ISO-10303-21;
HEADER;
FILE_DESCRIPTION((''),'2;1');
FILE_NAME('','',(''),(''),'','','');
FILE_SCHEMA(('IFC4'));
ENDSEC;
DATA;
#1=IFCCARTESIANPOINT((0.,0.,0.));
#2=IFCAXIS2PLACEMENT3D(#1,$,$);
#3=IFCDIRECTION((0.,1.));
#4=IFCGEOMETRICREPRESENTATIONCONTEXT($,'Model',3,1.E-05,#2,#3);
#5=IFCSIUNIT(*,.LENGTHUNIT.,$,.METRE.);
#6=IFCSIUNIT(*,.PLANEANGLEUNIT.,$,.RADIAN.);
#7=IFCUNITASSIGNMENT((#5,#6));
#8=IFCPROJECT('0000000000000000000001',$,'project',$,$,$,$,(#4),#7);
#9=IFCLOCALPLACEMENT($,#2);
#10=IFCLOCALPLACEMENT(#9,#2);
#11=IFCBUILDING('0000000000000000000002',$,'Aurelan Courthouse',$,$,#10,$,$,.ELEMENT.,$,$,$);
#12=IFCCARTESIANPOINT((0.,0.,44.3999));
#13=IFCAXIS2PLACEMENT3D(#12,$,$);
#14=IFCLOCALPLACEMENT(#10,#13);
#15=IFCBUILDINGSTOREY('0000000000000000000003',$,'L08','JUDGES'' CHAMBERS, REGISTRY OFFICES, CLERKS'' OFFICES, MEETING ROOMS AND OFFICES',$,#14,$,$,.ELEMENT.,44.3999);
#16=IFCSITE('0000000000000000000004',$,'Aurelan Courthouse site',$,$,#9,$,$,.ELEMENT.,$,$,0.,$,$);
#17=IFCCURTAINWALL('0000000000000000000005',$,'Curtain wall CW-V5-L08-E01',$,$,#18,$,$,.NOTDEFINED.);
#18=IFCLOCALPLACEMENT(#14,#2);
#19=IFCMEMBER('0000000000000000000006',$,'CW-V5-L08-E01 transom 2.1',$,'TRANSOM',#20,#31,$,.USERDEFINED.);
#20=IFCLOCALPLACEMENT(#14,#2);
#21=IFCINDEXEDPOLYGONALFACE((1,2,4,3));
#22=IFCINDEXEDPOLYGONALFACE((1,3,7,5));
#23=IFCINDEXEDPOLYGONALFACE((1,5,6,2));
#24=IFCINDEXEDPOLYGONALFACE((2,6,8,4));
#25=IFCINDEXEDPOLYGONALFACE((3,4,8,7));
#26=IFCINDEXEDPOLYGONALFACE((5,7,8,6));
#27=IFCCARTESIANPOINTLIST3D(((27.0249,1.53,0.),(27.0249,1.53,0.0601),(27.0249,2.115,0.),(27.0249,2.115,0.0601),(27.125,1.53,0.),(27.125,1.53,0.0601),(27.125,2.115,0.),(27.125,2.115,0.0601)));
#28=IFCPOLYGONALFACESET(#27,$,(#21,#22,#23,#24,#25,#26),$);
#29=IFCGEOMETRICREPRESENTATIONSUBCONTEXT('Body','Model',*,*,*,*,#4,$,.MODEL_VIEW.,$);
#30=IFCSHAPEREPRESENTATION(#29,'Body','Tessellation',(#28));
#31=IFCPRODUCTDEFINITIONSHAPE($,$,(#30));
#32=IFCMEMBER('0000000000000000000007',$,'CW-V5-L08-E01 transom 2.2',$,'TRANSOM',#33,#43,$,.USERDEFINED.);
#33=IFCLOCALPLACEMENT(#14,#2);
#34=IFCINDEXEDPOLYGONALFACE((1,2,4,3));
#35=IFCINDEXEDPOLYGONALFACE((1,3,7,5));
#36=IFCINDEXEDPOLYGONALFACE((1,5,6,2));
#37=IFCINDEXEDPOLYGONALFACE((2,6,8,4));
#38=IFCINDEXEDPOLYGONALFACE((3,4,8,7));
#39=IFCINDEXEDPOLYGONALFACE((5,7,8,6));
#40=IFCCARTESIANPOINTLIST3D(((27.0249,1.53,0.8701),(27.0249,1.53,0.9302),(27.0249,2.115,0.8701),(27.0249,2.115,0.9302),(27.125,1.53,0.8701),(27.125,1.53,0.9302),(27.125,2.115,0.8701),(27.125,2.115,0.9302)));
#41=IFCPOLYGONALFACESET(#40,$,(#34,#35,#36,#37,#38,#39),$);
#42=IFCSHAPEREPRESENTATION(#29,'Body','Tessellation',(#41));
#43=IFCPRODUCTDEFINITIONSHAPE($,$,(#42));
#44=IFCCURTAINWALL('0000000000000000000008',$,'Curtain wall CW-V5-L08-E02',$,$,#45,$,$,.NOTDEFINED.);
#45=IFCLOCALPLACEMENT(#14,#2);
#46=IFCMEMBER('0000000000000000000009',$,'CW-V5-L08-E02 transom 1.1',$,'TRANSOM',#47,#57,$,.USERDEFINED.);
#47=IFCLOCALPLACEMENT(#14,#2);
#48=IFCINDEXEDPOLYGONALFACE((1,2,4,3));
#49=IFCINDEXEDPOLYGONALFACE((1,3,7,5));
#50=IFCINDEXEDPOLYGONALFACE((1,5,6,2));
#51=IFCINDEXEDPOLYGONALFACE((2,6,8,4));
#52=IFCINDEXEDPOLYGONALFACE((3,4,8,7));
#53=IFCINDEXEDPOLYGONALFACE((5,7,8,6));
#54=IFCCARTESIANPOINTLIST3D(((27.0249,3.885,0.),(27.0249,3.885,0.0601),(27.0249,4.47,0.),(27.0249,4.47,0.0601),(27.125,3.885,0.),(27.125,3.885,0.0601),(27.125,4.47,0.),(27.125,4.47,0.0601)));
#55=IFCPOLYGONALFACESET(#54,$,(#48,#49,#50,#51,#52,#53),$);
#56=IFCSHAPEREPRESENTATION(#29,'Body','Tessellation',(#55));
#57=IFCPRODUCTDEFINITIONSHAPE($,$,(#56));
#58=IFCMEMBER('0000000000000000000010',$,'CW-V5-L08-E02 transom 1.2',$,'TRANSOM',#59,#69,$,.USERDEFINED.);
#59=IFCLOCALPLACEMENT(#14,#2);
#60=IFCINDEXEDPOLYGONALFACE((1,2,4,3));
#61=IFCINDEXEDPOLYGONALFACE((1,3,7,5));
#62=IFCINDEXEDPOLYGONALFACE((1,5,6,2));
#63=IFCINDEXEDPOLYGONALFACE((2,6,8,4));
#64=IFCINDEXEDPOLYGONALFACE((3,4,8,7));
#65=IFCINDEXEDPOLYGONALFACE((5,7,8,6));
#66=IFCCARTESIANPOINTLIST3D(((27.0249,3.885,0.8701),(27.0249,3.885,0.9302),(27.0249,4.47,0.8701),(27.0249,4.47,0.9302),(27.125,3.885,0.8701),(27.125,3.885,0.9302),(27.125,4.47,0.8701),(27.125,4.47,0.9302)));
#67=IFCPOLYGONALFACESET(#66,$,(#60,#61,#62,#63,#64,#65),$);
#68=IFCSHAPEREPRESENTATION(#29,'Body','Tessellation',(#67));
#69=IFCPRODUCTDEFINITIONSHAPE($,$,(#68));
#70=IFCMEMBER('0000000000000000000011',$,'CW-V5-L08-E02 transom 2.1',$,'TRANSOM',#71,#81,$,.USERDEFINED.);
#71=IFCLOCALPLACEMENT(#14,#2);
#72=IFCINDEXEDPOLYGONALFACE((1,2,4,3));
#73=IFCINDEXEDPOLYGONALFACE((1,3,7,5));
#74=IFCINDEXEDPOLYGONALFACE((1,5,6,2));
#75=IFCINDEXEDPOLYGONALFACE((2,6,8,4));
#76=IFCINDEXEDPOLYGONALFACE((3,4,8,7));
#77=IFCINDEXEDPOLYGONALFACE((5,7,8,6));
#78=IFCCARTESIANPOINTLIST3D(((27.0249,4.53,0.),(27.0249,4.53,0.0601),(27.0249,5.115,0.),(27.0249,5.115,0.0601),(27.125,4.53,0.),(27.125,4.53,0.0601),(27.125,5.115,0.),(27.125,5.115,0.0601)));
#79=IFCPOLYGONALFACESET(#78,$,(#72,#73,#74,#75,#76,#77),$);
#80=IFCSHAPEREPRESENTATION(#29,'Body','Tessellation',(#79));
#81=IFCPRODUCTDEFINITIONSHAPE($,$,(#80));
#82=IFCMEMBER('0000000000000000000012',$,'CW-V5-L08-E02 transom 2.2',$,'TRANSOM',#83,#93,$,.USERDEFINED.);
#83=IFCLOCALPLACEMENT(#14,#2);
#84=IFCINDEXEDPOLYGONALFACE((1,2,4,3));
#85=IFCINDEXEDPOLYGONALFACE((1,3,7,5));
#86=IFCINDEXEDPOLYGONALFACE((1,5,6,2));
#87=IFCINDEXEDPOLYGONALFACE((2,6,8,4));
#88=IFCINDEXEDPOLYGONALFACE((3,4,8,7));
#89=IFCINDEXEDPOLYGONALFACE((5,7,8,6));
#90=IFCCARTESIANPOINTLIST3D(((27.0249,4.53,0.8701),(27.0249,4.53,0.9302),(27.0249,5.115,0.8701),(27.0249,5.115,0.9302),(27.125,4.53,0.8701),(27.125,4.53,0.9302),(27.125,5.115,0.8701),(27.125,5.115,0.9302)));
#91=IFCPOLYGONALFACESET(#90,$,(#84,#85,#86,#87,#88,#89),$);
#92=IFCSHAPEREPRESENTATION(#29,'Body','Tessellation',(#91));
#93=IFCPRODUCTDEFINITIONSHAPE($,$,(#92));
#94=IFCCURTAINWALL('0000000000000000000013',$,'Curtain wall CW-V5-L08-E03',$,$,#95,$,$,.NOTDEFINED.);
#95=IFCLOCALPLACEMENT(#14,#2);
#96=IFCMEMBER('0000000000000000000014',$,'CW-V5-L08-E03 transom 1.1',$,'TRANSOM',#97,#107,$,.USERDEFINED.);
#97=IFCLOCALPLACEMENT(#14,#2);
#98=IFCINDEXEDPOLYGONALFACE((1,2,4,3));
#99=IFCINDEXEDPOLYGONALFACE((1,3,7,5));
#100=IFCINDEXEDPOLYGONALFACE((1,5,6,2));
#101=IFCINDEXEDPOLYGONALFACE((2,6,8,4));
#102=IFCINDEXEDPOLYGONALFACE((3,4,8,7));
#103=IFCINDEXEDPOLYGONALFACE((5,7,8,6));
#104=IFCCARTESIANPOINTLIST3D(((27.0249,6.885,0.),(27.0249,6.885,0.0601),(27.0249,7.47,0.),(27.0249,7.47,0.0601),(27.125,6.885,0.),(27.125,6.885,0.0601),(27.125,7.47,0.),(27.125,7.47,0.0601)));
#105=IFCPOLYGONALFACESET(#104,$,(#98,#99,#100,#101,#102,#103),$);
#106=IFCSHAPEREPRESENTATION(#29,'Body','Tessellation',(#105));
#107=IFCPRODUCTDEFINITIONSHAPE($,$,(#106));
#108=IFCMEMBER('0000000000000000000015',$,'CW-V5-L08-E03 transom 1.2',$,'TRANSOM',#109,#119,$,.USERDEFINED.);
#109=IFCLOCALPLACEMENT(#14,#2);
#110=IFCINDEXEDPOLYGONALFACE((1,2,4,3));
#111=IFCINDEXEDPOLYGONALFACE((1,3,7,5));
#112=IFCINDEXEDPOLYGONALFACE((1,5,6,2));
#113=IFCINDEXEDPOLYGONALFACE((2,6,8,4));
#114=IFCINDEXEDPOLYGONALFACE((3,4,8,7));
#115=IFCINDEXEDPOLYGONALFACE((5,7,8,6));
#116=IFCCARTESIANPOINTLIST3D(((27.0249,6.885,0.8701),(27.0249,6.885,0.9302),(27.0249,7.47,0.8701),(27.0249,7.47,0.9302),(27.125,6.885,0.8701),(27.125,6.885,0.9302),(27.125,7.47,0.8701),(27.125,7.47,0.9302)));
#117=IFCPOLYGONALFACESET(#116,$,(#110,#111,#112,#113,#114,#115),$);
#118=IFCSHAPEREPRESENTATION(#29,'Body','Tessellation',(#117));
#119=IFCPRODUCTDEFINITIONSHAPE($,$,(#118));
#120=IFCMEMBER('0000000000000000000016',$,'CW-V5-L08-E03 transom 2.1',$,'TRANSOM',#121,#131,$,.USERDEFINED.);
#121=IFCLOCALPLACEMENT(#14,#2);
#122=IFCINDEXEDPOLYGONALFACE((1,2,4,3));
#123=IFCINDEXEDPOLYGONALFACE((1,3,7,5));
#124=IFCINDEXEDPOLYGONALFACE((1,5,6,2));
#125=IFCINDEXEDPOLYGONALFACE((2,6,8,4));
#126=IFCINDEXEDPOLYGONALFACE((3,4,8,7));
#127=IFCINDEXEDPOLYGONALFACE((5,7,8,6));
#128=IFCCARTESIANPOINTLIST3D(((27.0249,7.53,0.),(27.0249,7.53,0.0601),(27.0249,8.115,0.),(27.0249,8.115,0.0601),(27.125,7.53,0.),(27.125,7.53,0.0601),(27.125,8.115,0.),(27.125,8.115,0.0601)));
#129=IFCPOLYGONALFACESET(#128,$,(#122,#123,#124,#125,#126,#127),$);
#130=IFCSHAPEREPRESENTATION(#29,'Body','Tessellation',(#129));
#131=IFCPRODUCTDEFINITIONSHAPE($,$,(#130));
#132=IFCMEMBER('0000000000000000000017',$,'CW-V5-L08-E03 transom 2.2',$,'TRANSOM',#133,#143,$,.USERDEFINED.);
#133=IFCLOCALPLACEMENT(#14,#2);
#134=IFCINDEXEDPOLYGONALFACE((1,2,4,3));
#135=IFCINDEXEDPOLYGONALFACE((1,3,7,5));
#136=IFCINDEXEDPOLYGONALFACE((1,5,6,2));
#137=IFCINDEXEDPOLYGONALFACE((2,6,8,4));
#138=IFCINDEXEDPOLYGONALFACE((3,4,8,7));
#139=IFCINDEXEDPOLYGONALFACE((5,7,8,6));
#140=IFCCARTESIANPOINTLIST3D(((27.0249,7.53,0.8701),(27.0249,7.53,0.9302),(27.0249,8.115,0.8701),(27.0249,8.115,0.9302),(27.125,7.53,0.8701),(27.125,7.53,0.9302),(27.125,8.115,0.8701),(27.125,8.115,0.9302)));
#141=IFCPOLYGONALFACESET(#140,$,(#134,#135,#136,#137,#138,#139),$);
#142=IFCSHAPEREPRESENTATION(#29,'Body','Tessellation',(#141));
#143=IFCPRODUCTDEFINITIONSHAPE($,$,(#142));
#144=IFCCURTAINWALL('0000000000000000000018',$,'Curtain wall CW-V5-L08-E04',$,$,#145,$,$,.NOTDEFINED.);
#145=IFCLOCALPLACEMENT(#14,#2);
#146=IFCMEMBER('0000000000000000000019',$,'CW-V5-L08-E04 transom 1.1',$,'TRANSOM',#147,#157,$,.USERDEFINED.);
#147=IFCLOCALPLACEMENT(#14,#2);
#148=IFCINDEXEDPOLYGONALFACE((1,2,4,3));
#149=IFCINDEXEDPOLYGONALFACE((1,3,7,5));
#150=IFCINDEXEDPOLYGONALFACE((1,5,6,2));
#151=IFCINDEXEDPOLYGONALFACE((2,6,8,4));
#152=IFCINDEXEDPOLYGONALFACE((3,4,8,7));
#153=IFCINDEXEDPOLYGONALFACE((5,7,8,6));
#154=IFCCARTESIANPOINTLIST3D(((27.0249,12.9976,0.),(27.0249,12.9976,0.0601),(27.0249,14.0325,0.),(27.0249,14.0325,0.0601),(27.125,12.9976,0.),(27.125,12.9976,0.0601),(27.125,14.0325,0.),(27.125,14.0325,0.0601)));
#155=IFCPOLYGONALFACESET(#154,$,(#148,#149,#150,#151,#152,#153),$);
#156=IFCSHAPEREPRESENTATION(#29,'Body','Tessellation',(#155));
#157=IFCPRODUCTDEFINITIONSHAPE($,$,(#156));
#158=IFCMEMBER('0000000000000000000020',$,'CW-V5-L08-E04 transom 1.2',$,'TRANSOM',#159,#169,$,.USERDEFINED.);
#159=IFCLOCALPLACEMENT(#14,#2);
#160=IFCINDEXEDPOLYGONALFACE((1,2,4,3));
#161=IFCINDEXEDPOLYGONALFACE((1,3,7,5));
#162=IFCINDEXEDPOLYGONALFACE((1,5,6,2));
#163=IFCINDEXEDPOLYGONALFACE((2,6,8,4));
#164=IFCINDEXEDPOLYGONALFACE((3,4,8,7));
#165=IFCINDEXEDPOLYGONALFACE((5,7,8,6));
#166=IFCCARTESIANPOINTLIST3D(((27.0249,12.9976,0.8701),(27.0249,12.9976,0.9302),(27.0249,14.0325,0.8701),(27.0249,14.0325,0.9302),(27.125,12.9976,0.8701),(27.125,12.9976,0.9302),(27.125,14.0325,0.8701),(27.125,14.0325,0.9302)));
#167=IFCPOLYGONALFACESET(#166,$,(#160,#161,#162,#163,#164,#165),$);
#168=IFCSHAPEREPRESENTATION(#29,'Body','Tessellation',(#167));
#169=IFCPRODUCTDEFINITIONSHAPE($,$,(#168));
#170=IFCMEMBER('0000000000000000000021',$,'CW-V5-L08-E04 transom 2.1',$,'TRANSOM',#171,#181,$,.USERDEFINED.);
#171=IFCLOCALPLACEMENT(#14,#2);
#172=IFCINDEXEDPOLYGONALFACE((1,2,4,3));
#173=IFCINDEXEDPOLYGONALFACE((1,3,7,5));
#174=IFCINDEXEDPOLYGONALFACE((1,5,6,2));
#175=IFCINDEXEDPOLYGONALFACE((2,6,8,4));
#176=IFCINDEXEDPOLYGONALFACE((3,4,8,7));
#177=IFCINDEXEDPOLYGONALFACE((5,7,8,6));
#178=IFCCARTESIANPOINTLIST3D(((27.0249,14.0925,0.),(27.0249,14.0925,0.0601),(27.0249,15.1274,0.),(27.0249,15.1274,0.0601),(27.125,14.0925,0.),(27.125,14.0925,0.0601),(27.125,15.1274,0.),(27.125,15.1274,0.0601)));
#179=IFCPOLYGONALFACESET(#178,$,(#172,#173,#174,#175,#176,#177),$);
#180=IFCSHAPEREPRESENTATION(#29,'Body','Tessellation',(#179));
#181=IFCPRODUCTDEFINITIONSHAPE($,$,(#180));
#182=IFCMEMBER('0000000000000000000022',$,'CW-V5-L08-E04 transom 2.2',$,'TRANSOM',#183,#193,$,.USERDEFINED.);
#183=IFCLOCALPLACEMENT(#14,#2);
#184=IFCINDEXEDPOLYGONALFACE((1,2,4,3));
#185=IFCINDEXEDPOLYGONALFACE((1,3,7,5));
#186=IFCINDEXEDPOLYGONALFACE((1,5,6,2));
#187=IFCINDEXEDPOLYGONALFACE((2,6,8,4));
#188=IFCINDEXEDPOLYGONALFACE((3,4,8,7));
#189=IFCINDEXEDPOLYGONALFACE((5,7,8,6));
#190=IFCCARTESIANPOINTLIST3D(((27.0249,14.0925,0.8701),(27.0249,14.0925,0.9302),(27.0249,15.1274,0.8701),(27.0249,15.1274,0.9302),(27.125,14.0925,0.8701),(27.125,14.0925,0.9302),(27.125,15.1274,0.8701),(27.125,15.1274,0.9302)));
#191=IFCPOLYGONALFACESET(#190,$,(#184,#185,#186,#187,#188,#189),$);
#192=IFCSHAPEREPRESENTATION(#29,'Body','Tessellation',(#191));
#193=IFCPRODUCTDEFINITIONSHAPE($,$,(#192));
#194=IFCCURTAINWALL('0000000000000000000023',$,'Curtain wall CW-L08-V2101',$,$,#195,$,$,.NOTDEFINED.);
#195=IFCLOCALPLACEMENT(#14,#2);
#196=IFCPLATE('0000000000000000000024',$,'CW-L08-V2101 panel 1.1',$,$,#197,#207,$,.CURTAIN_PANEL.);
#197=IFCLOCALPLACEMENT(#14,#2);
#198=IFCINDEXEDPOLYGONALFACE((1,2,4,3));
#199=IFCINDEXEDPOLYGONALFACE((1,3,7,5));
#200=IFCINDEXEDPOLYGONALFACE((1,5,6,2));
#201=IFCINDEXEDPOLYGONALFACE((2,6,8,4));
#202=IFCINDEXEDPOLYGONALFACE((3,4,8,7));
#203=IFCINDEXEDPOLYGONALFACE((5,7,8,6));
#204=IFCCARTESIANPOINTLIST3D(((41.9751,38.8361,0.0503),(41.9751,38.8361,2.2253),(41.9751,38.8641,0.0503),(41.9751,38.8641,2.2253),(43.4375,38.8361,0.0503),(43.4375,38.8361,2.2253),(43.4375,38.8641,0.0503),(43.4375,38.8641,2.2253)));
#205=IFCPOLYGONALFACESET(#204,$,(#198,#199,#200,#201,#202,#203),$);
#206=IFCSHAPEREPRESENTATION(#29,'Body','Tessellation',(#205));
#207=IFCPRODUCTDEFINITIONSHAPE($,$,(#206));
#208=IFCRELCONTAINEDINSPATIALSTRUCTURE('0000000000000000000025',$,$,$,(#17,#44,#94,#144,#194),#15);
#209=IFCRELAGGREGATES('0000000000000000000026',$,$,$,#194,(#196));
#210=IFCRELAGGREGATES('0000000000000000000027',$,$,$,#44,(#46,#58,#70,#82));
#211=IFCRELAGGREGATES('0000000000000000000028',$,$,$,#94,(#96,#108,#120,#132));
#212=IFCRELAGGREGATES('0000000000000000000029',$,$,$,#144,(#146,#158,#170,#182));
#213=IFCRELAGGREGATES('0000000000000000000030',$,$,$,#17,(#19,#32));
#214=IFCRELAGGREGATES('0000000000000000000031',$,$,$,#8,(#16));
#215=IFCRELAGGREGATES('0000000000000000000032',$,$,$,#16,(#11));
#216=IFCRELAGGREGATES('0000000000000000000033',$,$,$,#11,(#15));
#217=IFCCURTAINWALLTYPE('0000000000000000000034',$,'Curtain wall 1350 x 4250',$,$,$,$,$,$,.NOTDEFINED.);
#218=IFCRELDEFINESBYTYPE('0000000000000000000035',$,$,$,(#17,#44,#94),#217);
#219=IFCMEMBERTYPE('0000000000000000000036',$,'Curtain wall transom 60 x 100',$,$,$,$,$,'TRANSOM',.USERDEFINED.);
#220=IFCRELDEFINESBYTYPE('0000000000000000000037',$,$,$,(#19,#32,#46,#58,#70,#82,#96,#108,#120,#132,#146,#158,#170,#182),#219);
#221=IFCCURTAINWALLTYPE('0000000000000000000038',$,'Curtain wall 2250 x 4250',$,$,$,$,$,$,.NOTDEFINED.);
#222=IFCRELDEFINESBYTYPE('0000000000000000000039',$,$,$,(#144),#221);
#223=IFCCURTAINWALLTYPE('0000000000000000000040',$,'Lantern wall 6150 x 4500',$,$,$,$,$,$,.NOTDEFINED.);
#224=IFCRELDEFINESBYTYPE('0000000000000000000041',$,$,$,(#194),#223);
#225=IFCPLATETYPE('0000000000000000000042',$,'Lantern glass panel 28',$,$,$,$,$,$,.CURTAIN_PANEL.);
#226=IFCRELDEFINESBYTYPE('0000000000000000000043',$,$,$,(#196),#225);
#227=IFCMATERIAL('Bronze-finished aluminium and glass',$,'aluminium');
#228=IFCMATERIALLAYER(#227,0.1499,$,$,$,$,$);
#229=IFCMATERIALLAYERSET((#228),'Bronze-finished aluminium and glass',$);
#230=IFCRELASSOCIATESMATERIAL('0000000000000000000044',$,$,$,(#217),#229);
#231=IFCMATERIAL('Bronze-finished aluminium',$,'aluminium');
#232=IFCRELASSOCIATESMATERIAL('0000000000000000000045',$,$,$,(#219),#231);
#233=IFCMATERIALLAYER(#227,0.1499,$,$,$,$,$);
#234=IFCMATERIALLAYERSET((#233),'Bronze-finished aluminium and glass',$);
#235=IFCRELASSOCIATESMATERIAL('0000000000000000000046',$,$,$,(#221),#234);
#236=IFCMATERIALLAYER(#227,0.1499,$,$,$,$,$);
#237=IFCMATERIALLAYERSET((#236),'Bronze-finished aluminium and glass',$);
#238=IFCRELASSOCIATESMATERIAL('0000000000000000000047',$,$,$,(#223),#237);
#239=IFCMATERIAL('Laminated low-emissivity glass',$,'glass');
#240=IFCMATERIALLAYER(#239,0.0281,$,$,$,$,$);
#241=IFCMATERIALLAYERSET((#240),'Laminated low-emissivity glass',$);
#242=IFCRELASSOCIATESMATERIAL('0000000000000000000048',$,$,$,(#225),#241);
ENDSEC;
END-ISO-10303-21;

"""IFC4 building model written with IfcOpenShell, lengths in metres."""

from ifc_helpers import new_model, si_unit, direction, frame, origin, origin_2d, place, context, subcontext, project, spatial, rectangle, extrude, material, layer, layer_set, material_profile, profile_set, type_object, element, aggregate, save


model = new_model("IFC4")

# Units and contexts
model_context = context("Model", 3, precision=1e-05, world=origin(), true_north=direction((0.0, 1.0)))
body_context = subcontext(model_context, "Body", "Model", "MODEL_VIEW")
ifc_project = project(units=[si_unit("LENGTHUNIT", "METRE"), si_unit("PLANEANGLEUNIT", "RADIAN")], contexts=[model_context])

# Site, building, storey
site_placement = place(None, origin())
site = spatial("IfcSite", under=ifc_project, at=site_placement, Name="Aurelan Courthouse site", CompositionType="ELEMENT", RefElevation=0.0)
building_placement = place(site_placement, origin())
building = spatial("IfcBuilding", under=site, at=building_placement, Name="Aurelan Courthouse", CompositionType="ELEMENT")
storey_placement = place(building_placement, frame((0.0, 0.0, 44.3999)))
storey = spatial("IfcBuildingStorey", under=building, at=storey_placement, Name="L08", Description="JUDGES' CHAMBERS, REGISTRY OFFICES, CLERKS' OFFICES, MEETING ROOMS AND OFFICES", CompositionType="ELEMENT", Elevation=44.3999)

# Curtain walls, members
ifc_material_1 = material(Name="Bronze-finished aluminium and glass", Category="aluminium")
ifc_layer_1 = layer(ifc_material_1, 0.1499)
ifc_layer_set_1 = layer_set([ifc_layer_1], Name="Bronze-finished aluminium and glass")
curtain_wall_type_1 = type_object("IfcCurtainWallType", Name="Curtain wall 1350 x 4250", PredefinedType="NOTDEFINED", material=ifc_layer_set_1)
curtain_wall_1_placement = place(storey_placement, origin())
curtain_wall_1 = element("IfcCurtainWall", 1, at=curtain_wall_1_placement, inside=storey, type_object=curtain_wall_type_1, Name="Curtain wall CW-V5-L08-E01", PredefinedType="NOTDEFINED")
ifc_material_2 = material(Name="Bronze-finished aluminium", Category="aluminium")
ifc_material_profile = material_profile(ifc_material_2, rectangle(XDim=0.1001, YDim=0.0601, at=origin_2d()), Name="Bronze transom 60 x 100")
ifc_profile_set = profile_set([ifc_material_profile], Name="Bronze-finished aluminium")
member_type = type_object("IfcMemberType", Name="Curtain wall transom 60 x 100", ElementType="TRANSOM", PredefinedType="USERDEFINED", material=ifc_profile_set)
member_1_placement = place(storey_placement, frame((27.075, 1.53, 0.03), z_axis=(0.0, 1.0, 0.0), x_axis=(-1.0, 0.0, 0.0)))
member_1 = element("IfcMember", 2, at=member_1_placement, type_object=member_type, Name="CW-V5-L08-E01 transom 2.1", ObjectType="TRANSOM", PredefinedType="USERDEFINED", context=body_context, shape_type="SweptSolid", body=[
    extrude(rectangle(XDim=0.1001, YDim=0.0601, at=origin_2d()), origin(), (0.0, 0.0, 1.0), 0.585),
])
member_2_placement = place(storey_placement, frame((27.075, 1.53, 0.9001), z_axis=(0.0, 1.0, 0.0), x_axis=(-1.0, 0.0, 0.0)))
member_2 = element("IfcMember", 3, at=member_2_placement, type_object=member_type, Name="CW-V5-L08-E01 transom 2.2", ObjectType="TRANSOM", PredefinedType="USERDEFINED", context=body_context, shape_type="SweptSolid", body=[
    extrude(rectangle(XDim=0.1001, YDim=0.0601, at=origin_2d()), origin(), (0.0, 0.0, 1.0), 0.585),
])
curtain_wall_2_placement = place(storey_placement, origin())
curtain_wall_2 = element("IfcCurtainWall", 4, at=curtain_wall_2_placement, inside=storey, type_object=curtain_wall_type_1, Name="Curtain wall CW-V5-L08-E02", PredefinedType="NOTDEFINED")
member_3_placement = place(storey_placement, frame((27.075, 3.885, 0.03), z_axis=(0.0, 1.0, 0.0), x_axis=(-1.0, 0.0, 0.0)))
member_3 = element("IfcMember", 5, at=member_3_placement, type_object=member_type, Name="CW-V5-L08-E02 transom 1.1", ObjectType="TRANSOM", PredefinedType="USERDEFINED", context=body_context, shape_type="SweptSolid", body=[
    extrude(rectangle(XDim=0.1001, YDim=0.0601, at=origin_2d()), origin(), (0.0, 0.0, 1.0), 0.585),
])
member_4_placement = place(storey_placement, frame((27.075, 3.885, 0.9001), z_axis=(0.0, 1.0, 0.0), x_axis=(-1.0, 0.0, 0.0)))
member_4 = element("IfcMember", 6, at=member_4_placement, type_object=member_type, Name="CW-V5-L08-E02 transom 1.2", ObjectType="TRANSOM", PredefinedType="USERDEFINED", context=body_context, shape_type="SweptSolid", body=[
    extrude(rectangle(XDim=0.1001, YDim=0.0601, at=origin_2d()), origin(), (0.0, 0.0, 1.0), 0.585),
])
member_5_placement = place(storey_placement, frame((27.075, 4.53, 0.03), z_axis=(0.0, 1.0, 0.0), x_axis=(-1.0, 0.0, 0.0)))
member_5 = element("IfcMember", 7, at=member_5_placement, type_object=member_type, Name="CW-V5-L08-E02 transom 2.1", ObjectType="TRANSOM", PredefinedType="USERDEFINED", context=body_context, shape_type="SweptSolid", body=[
    extrude(rectangle(XDim=0.1001, YDim=0.0601, at=origin_2d()), origin(), (0.0, 0.0, 1.0), 0.585),
])
member_6_placement = place(storey_placement, frame((27.075, 4.53, 0.9001), z_axis=(0.0, 1.0, 0.0), x_axis=(-1.0, 0.0, 0.0)))
member_6 = element("IfcMember", 8, at=member_6_placement, type_object=member_type, Name="CW-V5-L08-E02 transom 2.2", ObjectType="TRANSOM", PredefinedType="USERDEFINED", context=body_context, shape_type="SweptSolid", body=[
    extrude(rectangle(XDim=0.1001, YDim=0.0601, at=origin_2d()), origin(), (0.0, 0.0, 1.0), 0.585),
])
curtain_wall_3_placement = place(storey_placement, origin())
curtain_wall_3 = element("IfcCurtainWall", 9, at=curtain_wall_3_placement, inside=storey, type_object=curtain_wall_type_1, Name="Curtain wall CW-V5-L08-E03", PredefinedType="NOTDEFINED")
member_7_placement = place(storey_placement, frame((27.075, 6.885, 0.03), z_axis=(0.0, 1.0, 0.0), x_axis=(-1.0, 0.0, 0.0)))
member_7 = element("IfcMember", 10, at=member_7_placement, type_object=member_type, Name="CW-V5-L08-E03 transom 1.1", ObjectType="TRANSOM", PredefinedType="USERDEFINED", context=body_context, shape_type="SweptSolid", body=[
    extrude(rectangle(XDim=0.1001, YDim=0.0601, at=origin_2d()), origin(), (0.0, 0.0, 1.0), 0.585),
])
member_8_placement = place(storey_placement, frame((27.075, 6.885, 0.9001), z_axis=(0.0, 1.0, 0.0), x_axis=(-1.0, 0.0, 0.0)))
member_8 = element("IfcMember", 11, at=member_8_placement, type_object=member_type, Name="CW-V5-L08-E03 transom 1.2", ObjectType="TRANSOM", PredefinedType="USERDEFINED", context=body_context, shape_type="SweptSolid", body=[
    extrude(rectangle(XDim=0.1001, YDim=0.0601, at=origin_2d()), origin(), (0.0, 0.0, 1.0), 0.585),
])
member_9_placement = place(storey_placement, frame((27.075, 7.53, 0.03), z_axis=(0.0, 1.0, 0.0), x_axis=(-1.0, 0.0, 0.0)))
member_9 = element("IfcMember", 12, at=member_9_placement, type_object=member_type, Name="CW-V5-L08-E03 transom 2.1", ObjectType="TRANSOM", PredefinedType="USERDEFINED", context=body_context, shape_type="SweptSolid", body=[
    extrude(rectangle(XDim=0.1001, YDim=0.0601, at=origin_2d()), origin(), (0.0, 0.0, 1.0), 0.585),
])
member_10_placement = place(storey_placement, frame((27.075, 7.53, 0.9001), z_axis=(0.0, 1.0, 0.0), x_axis=(-1.0, 0.0, 0.0)))
member_10 = element("IfcMember", 13, at=member_10_placement, type_object=member_type, Name="CW-V5-L08-E03 transom 2.2", ObjectType="TRANSOM", PredefinedType="USERDEFINED", context=body_context, shape_type="SweptSolid", body=[
    extrude(rectangle(XDim=0.1001, YDim=0.0601, at=origin_2d()), origin(), (0.0, 0.0, 1.0), 0.585),
])
ifc_layer_2 = layer(ifc_material_1, 0.1499)
ifc_layer_set_2 = layer_set([ifc_layer_2], Name="Bronze-finished aluminium and glass")
curtain_wall_type_2 = type_object("IfcCurtainWallType", Name="Curtain wall 2250 x 4250", PredefinedType="NOTDEFINED", material=ifc_layer_set_2)
curtain_wall_4_placement = place(storey_placement, origin())
curtain_wall_4 = element("IfcCurtainWall", 14, at=curtain_wall_4_placement, inside=storey, type_object=curtain_wall_type_2, Name="Curtain wall CW-V5-L08-E04", PredefinedType="NOTDEFINED")
member_11_placement = place(storey_placement, frame((27.075, 12.9976, 0.03), z_axis=(0.0, 1.0, 0.0), x_axis=(-1.0, 0.0, 0.0)))
member_11 = element("IfcMember", 15, at=member_11_placement, type_object=member_type, Name="CW-V5-L08-E04 transom 1.1", ObjectType="TRANSOM", PredefinedType="USERDEFINED", context=body_context, shape_type="SweptSolid", body=[
    extrude(rectangle(XDim=0.1001, YDim=0.0601, at=origin_2d()), origin(), (0.0, 0.0, 1.0), 1.0349),
])
member_12_placement = place(storey_placement, frame((27.075, 12.9976, 0.9001), z_axis=(0.0, 1.0, 0.0), x_axis=(-1.0, 0.0, 0.0)))
member_12 = element("IfcMember", 16, at=member_12_placement, type_object=member_type, Name="CW-V5-L08-E04 transom 1.2", ObjectType="TRANSOM", PredefinedType="USERDEFINED", context=body_context, shape_type="SweptSolid", body=[
    extrude(rectangle(XDim=0.1001, YDim=0.0601, at=origin_2d()), origin(), (0.0, 0.0, 1.0), 1.0349),
])
member_13_placement = place(storey_placement, frame((27.075, 14.0925, 0.03), z_axis=(0.0, 1.0, 0.0), x_axis=(-1.0, 0.0, 0.0)))
member_13 = element("IfcMember", 17, at=member_13_placement, type_object=member_type, Name="CW-V5-L08-E04 transom 2.1", ObjectType="TRANSOM", PredefinedType="USERDEFINED", context=body_context, shape_type="SweptSolid", body=[
    extrude(rectangle(XDim=0.1001, YDim=0.0601, at=origin_2d()), origin(), (0.0, 0.0, 1.0), 1.0349),
])
member_14_placement = place(storey_placement, frame((27.075, 14.0925, 0.9001), z_axis=(0.0, 1.0, 0.0), x_axis=(-1.0, 0.0, 0.0)))
member_14 = element("IfcMember", 18, at=member_14_placement, type_object=member_type, Name="CW-V5-L08-E04 transom 2.2", ObjectType="TRANSOM", PredefinedType="USERDEFINED", context=body_context, shape_type="SweptSolid", body=[
    extrude(rectangle(XDim=0.1001, YDim=0.0601, at=origin_2d()), origin(), (0.0, 0.0, 1.0), 1.0349),
])

# Curtain wall, plate
ifc_layer_3 = layer(ifc_material_1, 0.1499)
ifc_layer_set_3 = layer_set([ifc_layer_3], Name="Bronze-finished aluminium and glass")
curtain_wall_type_3 = type_object("IfcCurtainWallType", Name="Lantern wall 6150 x 4500", PredefinedType="NOTDEFINED", material=ifc_layer_set_3)
curtain_wall_5_placement = place(storey_placement, origin())
curtain_wall_5 = element("IfcCurtainWall", 19, at=curtain_wall_5_placement, inside=storey, type_object=curtain_wall_type_3, Name="Curtain wall CW-L08-V2101", PredefinedType="NOTDEFINED")
ifc_material_3 = material(Name="Laminated low-emissivity glass", Category="glass")
ifc_layer_4 = layer(ifc_material_3, 0.0281)
ifc_layer_set_4 = layer_set([ifc_layer_4], Name="Laminated low-emissivity glass")
plate_type_1 = type_object("IfcPlateType", Name="Lantern glass panel 28", PredefinedType="CURTAIN_PANEL", material=ifc_layer_set_4)
plate_1_placement = place(storey_placement, frame((42.7063, 38.8501, 0.0503), z_axis=(0.0, 0.0, 1.0), x_axis=(1.0, 0.0, 0.0)))
plate_1 = element("IfcPlate", 20, at=plate_1_placement, type_object=plate_type_1, Name="CW-L08-V2101 panel 1.1", PredefinedType="CURTAIN_PANEL", context=body_context, shape_type="SweptSolid", body=[
    extrude(rectangle(XDim=1.4624, YDim=0.0281, at=origin_2d()), origin(), (0.0, 0.0, 1.0), 2.175),
])
aggregate(curtain_wall_5, [plate_1])

aggregate(curtain_wall_2, [member_3, member_4, member_5, member_6])
aggregate(curtain_wall_3, [member_7, member_8, member_9, member_10])
aggregate(curtain_wall_4, [member_11, member_12, member_13, member_14])
aggregate(curtain_wall_1, [member_1, member_2])

save(model, "model.ifc")
